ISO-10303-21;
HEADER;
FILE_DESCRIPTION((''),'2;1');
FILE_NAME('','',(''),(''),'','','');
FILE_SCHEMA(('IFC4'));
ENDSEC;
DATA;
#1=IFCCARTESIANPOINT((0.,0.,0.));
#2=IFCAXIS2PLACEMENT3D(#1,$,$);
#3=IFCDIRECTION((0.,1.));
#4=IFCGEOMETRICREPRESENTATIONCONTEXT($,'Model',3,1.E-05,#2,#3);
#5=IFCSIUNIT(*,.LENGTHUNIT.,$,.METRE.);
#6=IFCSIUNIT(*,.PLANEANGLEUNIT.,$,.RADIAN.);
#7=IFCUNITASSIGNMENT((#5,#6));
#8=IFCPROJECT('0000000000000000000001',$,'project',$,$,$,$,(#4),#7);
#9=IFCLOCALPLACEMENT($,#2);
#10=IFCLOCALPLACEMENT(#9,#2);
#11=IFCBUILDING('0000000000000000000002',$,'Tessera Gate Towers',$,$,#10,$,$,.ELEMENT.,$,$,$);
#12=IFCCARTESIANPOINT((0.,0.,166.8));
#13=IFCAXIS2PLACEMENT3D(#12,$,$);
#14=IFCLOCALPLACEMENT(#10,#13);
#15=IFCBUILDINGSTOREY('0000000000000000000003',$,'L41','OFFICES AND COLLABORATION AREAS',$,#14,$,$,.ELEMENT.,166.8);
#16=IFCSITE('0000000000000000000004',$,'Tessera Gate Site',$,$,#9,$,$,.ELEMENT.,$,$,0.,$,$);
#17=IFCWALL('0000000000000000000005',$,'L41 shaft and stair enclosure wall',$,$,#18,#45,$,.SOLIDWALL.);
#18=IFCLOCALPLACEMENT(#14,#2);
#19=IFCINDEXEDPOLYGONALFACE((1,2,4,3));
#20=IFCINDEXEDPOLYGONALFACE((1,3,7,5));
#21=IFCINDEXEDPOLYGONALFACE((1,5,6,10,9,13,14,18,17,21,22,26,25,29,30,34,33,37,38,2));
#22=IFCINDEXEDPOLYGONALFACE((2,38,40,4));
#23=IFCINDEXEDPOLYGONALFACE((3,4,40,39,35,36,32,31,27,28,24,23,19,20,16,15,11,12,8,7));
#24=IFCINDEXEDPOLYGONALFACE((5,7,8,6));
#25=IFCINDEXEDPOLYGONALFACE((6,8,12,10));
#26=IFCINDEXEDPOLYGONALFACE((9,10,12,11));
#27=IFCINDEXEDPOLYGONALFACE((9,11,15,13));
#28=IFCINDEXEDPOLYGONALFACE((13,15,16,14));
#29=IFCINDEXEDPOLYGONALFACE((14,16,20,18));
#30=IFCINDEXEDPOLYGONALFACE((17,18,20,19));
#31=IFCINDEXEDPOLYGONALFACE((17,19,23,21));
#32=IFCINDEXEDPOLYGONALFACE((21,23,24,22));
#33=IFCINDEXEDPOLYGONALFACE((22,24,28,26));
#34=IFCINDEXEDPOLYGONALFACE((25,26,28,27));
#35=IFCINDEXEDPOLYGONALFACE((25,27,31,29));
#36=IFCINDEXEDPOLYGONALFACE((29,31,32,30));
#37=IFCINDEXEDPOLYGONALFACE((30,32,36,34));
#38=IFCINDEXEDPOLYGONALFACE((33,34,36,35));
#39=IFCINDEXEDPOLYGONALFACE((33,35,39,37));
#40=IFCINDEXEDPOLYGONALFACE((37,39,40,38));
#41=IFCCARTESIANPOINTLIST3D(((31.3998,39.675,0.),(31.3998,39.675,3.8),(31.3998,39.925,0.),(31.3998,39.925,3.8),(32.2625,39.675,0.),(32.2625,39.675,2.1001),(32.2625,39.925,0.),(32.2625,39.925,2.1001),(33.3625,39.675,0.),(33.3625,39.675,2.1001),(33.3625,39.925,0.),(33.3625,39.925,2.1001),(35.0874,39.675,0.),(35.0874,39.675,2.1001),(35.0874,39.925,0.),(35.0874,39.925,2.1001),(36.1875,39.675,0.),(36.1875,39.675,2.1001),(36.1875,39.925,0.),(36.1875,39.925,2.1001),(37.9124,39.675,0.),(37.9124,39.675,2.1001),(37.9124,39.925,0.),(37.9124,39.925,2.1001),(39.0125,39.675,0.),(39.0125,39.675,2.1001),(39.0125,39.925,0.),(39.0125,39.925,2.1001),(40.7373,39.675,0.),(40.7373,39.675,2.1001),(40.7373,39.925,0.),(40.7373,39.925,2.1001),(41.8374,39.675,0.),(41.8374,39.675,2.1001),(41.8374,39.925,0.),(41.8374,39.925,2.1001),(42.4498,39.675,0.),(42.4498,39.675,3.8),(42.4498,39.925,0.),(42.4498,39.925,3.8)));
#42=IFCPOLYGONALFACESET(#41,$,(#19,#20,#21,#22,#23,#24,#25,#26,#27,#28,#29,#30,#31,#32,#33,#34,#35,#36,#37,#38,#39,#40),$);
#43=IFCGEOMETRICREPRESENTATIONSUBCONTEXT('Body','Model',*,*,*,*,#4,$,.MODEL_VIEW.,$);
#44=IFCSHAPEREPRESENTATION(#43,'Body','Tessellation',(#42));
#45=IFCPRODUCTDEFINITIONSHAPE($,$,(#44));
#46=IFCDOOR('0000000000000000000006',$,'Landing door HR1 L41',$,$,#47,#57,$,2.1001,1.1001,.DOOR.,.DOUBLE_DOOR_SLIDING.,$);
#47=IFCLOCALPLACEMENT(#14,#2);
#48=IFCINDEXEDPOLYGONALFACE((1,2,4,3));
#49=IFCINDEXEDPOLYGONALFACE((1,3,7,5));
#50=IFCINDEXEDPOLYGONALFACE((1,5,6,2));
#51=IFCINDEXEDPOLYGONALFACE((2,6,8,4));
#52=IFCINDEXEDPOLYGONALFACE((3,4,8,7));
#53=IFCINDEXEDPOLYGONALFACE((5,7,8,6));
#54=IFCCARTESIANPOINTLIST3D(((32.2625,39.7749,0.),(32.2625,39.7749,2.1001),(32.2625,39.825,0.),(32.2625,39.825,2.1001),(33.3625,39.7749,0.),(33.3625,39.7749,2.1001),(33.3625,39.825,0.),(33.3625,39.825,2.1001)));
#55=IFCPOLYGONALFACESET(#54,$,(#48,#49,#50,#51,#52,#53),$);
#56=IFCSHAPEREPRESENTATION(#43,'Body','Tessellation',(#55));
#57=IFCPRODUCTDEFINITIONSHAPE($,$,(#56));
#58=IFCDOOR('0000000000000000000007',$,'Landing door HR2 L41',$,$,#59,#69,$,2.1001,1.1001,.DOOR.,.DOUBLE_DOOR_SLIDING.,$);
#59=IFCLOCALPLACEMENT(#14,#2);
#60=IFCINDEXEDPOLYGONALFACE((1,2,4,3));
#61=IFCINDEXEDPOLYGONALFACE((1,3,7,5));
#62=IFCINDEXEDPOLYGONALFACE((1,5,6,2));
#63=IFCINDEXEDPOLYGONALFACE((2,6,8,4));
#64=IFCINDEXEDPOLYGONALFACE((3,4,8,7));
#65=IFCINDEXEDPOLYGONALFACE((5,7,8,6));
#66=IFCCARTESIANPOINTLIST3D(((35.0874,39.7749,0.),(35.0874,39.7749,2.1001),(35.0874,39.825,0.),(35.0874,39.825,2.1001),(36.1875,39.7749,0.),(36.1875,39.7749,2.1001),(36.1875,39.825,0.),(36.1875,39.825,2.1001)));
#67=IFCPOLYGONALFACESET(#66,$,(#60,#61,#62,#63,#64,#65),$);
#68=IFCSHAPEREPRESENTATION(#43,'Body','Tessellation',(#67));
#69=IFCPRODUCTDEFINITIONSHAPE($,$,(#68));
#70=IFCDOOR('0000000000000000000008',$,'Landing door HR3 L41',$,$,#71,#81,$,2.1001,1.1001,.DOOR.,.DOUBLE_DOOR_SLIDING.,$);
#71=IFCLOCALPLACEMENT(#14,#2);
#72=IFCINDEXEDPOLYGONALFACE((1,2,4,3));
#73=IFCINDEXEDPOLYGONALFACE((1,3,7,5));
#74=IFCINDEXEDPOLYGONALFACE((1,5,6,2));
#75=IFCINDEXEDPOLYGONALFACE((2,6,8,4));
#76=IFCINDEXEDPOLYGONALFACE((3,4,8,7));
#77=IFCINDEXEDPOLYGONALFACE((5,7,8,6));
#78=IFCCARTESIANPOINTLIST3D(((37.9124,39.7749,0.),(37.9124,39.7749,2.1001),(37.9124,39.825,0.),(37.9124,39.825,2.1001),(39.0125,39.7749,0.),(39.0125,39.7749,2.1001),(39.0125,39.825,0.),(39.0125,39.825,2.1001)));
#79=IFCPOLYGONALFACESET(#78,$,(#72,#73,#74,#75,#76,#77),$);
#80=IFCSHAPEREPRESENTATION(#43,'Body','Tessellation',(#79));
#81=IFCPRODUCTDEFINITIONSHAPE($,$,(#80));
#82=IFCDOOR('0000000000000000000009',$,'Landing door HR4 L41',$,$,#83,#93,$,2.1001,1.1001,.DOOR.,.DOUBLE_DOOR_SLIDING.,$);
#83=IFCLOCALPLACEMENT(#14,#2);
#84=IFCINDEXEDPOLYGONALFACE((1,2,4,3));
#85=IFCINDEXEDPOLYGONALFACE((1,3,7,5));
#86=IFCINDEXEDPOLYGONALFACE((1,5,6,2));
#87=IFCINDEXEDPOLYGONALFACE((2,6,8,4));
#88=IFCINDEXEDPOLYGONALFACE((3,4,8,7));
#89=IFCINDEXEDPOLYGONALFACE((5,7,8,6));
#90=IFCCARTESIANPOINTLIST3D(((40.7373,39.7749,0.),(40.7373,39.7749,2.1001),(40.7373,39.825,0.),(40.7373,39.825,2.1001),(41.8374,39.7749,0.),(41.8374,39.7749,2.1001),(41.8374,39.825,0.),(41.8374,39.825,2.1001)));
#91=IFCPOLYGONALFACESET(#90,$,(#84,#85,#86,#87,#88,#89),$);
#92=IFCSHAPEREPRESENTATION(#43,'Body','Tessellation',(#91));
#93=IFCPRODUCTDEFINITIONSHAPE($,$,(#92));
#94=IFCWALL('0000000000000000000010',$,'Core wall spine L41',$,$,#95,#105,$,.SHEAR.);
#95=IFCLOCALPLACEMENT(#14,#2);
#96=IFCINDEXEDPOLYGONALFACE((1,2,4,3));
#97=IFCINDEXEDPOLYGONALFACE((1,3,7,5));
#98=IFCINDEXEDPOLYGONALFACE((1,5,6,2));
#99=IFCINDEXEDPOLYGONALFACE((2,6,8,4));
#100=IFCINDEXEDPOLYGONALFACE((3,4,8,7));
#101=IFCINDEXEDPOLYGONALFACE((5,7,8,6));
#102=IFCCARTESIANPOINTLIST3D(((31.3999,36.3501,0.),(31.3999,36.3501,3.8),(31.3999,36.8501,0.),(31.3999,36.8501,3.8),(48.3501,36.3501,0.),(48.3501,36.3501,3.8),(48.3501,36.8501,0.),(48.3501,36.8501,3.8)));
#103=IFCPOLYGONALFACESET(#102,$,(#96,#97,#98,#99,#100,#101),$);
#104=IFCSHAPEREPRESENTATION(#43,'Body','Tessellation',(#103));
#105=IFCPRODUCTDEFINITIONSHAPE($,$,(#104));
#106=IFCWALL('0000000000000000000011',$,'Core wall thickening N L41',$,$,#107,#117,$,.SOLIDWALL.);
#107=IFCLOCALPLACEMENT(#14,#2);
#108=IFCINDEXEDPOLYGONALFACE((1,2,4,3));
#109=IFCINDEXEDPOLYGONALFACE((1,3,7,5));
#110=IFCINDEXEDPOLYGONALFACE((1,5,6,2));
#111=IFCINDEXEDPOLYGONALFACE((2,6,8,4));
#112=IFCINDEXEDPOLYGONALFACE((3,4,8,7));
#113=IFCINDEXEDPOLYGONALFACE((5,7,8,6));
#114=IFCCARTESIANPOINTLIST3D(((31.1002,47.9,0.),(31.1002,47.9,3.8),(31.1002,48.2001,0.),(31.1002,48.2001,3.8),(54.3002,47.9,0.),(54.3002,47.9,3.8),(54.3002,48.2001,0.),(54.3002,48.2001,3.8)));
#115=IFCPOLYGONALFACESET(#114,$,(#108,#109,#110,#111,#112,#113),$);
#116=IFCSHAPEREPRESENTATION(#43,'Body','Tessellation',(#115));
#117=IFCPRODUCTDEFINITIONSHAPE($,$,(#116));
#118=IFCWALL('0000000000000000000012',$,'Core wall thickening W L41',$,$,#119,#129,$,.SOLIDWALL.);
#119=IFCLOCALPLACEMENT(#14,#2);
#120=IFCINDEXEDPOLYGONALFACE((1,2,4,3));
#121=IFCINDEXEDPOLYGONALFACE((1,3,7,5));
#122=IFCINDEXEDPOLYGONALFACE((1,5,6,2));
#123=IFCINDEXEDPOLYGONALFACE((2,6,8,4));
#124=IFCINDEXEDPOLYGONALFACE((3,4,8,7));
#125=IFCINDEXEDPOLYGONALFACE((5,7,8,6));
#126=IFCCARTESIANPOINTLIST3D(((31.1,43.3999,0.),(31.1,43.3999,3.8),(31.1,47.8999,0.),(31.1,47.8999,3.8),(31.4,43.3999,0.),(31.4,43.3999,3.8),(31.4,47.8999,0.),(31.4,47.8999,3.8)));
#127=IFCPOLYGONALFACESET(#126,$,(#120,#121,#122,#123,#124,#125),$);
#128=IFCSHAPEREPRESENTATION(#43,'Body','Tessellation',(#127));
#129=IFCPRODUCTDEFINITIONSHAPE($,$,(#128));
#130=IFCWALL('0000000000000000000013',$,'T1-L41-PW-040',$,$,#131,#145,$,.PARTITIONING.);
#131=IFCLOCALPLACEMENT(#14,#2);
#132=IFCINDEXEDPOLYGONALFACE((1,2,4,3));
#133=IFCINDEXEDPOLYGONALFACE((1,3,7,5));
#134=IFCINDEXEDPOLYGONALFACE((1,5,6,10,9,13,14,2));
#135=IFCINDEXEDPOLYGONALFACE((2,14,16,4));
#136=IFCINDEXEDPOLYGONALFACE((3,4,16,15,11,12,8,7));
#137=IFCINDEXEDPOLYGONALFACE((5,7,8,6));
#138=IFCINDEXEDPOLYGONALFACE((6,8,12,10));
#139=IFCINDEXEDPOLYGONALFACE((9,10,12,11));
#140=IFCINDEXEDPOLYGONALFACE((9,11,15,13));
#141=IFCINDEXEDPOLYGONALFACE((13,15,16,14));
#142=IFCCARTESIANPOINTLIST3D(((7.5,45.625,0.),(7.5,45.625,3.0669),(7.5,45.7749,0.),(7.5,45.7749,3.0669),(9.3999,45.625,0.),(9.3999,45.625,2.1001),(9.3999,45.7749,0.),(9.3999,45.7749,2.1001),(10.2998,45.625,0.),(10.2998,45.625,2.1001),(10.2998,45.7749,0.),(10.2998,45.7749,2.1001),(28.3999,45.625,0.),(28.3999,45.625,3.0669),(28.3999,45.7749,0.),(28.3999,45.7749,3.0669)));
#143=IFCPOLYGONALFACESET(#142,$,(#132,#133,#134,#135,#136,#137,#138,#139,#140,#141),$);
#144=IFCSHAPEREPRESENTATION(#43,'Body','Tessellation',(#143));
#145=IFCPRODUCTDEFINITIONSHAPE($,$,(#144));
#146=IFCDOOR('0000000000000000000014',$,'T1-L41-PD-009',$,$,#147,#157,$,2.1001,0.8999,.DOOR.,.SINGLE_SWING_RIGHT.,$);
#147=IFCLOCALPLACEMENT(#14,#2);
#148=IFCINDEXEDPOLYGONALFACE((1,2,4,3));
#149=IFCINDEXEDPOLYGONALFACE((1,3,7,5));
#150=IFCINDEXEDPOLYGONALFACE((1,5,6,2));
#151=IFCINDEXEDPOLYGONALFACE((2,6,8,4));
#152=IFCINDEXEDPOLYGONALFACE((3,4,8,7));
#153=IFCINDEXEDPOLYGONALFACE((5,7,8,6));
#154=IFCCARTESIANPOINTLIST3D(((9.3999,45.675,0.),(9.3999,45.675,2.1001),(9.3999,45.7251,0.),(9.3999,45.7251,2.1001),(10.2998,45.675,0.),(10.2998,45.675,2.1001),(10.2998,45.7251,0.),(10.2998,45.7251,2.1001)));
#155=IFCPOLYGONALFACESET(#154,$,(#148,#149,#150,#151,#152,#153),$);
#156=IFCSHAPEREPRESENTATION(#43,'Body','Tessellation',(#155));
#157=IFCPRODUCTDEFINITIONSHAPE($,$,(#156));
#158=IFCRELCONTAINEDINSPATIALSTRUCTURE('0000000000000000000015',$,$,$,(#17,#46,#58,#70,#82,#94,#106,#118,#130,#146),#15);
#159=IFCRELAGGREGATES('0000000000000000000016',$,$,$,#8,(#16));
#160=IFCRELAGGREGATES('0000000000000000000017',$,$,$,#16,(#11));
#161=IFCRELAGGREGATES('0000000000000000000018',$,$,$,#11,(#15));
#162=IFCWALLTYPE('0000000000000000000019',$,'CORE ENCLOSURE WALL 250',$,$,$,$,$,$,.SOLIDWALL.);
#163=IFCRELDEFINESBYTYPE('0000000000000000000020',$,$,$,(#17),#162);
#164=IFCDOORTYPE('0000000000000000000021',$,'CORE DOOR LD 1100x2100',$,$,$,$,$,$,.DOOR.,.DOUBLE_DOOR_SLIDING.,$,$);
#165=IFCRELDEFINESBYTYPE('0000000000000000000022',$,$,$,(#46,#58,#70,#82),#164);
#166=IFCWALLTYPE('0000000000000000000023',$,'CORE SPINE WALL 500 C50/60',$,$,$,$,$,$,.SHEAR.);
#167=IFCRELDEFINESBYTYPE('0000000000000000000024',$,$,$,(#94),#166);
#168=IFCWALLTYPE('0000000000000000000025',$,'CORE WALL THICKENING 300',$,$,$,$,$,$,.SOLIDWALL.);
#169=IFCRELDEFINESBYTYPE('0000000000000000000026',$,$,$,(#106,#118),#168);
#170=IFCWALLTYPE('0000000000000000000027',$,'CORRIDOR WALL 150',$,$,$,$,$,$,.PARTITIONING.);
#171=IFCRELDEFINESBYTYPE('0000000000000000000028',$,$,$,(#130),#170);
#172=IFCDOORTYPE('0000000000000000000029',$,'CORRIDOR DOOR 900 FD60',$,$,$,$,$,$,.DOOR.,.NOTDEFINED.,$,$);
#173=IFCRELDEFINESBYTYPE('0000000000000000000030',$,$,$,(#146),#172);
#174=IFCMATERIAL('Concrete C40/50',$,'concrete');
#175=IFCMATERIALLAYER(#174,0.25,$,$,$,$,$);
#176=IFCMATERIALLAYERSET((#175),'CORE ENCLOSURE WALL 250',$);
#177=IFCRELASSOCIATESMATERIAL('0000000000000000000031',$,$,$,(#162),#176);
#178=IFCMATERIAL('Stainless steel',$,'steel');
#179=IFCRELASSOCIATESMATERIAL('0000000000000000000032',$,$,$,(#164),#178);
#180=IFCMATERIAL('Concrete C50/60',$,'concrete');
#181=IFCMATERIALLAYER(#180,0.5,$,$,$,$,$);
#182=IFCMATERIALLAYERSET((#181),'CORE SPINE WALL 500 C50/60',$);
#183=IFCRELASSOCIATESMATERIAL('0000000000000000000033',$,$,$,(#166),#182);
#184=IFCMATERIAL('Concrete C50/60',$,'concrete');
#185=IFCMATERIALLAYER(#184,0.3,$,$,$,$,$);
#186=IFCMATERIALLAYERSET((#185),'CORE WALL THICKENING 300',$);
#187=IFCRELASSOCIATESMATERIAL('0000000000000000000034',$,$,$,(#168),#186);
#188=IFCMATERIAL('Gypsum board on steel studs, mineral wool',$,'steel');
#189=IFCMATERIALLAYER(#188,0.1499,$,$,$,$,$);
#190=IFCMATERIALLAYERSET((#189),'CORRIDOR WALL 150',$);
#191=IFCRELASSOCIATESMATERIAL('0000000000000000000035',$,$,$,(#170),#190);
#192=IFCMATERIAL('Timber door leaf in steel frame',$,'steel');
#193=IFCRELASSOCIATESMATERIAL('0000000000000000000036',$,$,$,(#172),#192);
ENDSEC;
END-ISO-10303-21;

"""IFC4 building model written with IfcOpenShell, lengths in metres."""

from ifc_helpers import new_model, si_unit, direction, frame, frame_2d, origin, place, context, subcontext, project, spatial, rectangle, extrude, source, transform, mapped, material, layer, layer_set, type_object, element, fill, save


model = new_model("IFC4")

# Units and contexts
model_context = context("Model", 3, precision=1e-05, world=origin(), true_north=direction((0.0, 1.0)))
body_context = subcontext(model_context, "Body", "Model", "MODEL_VIEW")
ifc_project = project(units=[si_unit("LENGTHUNIT", "METRE"), si_unit("PLANEANGLEUNIT", "RADIAN")], contexts=[model_context])

# Site, building, storey
site_placement = place(None, origin())
site = spatial("IfcSite", under=ifc_project, at=site_placement, Name="Tessera Gate Site", CompositionType="ELEMENT", RefElevation=0.0)
building_placement = place(site_placement, origin())
building = spatial("IfcBuilding", under=site, at=building_placement, Name="Tessera Gate Towers", CompositionType="ELEMENT")
storey_placement = place(building_placement, frame((0.0, 0.0, 166.8)))
storey = spatial("IfcBuildingStorey", under=building, at=storey_placement, Name="L41", Description="OFFICES AND COLLABORATION AREAS", CompositionType="ELEMENT", Elevation=166.8)

# Wall, openings, doors
ifc_material_1 = material(Name="Concrete C40/50", Category="concrete")
ifc_layer_1 = layer(ifc_material_1, 0.25)
ifc_layer_set_1 = layer_set([ifc_layer_1], Name="CORE ENCLOSURE WALL 250")
wall_type_1 = type_object("IfcWallType", Name="CORE ENCLOSURE WALL 250", PredefinedType="SOLIDWALL", material=ifc_layer_set_1)
wall_1_placement = place(storey_placement, frame((31.3999, 39.8, 0.0), z_axis=(0.0, 0.0, 1.0), x_axis=(1.0, 0.0, 0.0)))
wall_1 = element("IfcWall", 1, at=wall_1_placement, inside=storey, type_object=wall_type_1, Name="L41 shaft and stair enclosure wall", PredefinedType="SOLIDWALL", context=body_context, shape_type="SweptSolid", body=[
    extrude(rectangle(XDim=11.05, YDim=0.25, at=frame_2d((5.5249, 0.0))), origin(), (0.0, 0.0, 1.0), 3.8),
])
shared_shape_1 = source(origin(), body_context, "Body", "SweptSolid", [
    extrude(rectangle(XDim=1.1001, YDim=2.1001, at=frame_2d((0.55, 1.05))), frame((0.0, 0.135, 0.0), z_axis=(0.0, -1.0, 0.0), x_axis=(1.0, 0.0, 0.0)), (0.0, 0.0, 1.0), 0.27),
])
opening_1_placement = place(wall_1_placement, frame((0.8625, 0.0, 0.0)))
opening_1 = element("IfcOpeningElement", 2, at=opening_1_placement, cuts=wall_1, PredefinedType="OPENING", context=body_context, shape_type="MappedRepresentation", body=[
    mapped(shared_shape_1, transform((0.0, 0.0, 0.0), scale=1.0)),
])
opening_2_placement = place(wall_1_placement, frame((3.6875, 0.0, 0.0)))
opening_2 = element("IfcOpeningElement", 3, at=opening_2_placement, cuts=wall_1, PredefinedType="OPENING", context=body_context, shape_type="MappedRepresentation", body=[
    mapped(shared_shape_1, transform((0.0, 0.0, 0.0), scale=1.0)),
])
opening_3_placement = place(wall_1_placement, frame((6.5125, 0.0, 0.0)))
opening_3 = element("IfcOpeningElement", 4, at=opening_3_placement, cuts=wall_1, PredefinedType="OPENING", context=body_context, shape_type="MappedRepresentation", body=[
    mapped(shared_shape_1, transform((0.0, 0.0, 0.0), scale=1.0)),
])
opening_4_placement = place(wall_1_placement, frame((9.3374, 0.0, 0.0)))
opening_4 = element("IfcOpeningElement", 5, at=opening_4_placement, cuts=wall_1, PredefinedType="OPENING", context=body_context, shape_type="MappedRepresentation", body=[
    mapped(shared_shape_1, transform((0.0, 0.0, 0.0), scale=1.0)),
])
ifc_material_2 = material(Name="Stainless steel", Category="steel")
door_type_1 = type_object("IfcDoorType", Name="CORE DOOR LD 1100x2100", OperationType="DOUBLE_DOOR_SLIDING", PredefinedType="DOOR", material=ifc_material_2)
shared_shape_2 = source(origin(), body_context, "Body", "SweptSolid", [
    extrude(rectangle(XDim=1.1001, YDim=2.1001, at=frame_2d((0.55, 1.05))), frame((0.0, 0.0249, 0.0), z_axis=(0.0, -1.0, 0.0), x_axis=(1.0, 0.0, 0.0)), (0.0, 0.0, 1.0), 0.05),
])
door_1_placement = place(opening_1_placement, origin())
door_1 = element("IfcDoor", 6, at=door_1_placement, inside=storey, type_object=door_type_1, Name="Landing door HR1 L41", OperationType="DOUBLE_DOOR_SLIDING", OverallHeight=2.1001, OverallWidth=1.1001, PredefinedType="DOOR", context=body_context, shape_type="MappedRepresentation", body=[
    mapped(shared_shape_2, transform((0.0, 0.0, 0.0), scale=1.0)),
])
fill(opening_1, door_1)
door_2_placement = place(opening_2_placement, origin())
door_2 = element("IfcDoor", 7, at=door_2_placement, inside=storey, type_object=door_type_1, Name="Landing door HR2 L41", OperationType="DOUBLE_DOOR_SLIDING", OverallHeight=2.1001, OverallWidth=1.1001, PredefinedType="DOOR", context=body_context, shape_type="MappedRepresentation", body=[
    mapped(shared_shape_2, transform((0.0, 0.0, 0.0), scale=1.0)),
])
fill(opening_2, door_2)
door_3_placement = place(opening_3_placement, origin())
door_3 = element("IfcDoor", 8, at=door_3_placement, inside=storey, type_object=door_type_1, Name="Landing door HR3 L41", OperationType="DOUBLE_DOOR_SLIDING", OverallHeight=2.1001, OverallWidth=1.1001, PredefinedType="DOOR", context=body_context, shape_type="MappedRepresentation", body=[
    mapped(shared_shape_2, transform((0.0, 0.0, 0.0), scale=1.0)),
])
fill(opening_3, door_3)
door_4_placement = place(opening_4_placement, origin())
door_4 = element("IfcDoor", 9, at=door_4_placement, inside=storey, type_object=door_type_1, Name="Landing door HR4 L41", OperationType="DOUBLE_DOOR_SLIDING", OverallHeight=2.1001, OverallWidth=1.1001, PredefinedType="DOOR", context=body_context, shape_type="MappedRepresentation", body=[
    mapped(shared_shape_2, transform((0.0, 0.0, 0.0), scale=1.0)),
])
fill(opening_4, door_4)

# Walls
ifc_material_3 = material(Name="Concrete C50/60", Category="concrete")
ifc_layer_2 = layer(ifc_material_3, 0.5)
ifc_layer_set_2 = layer_set([ifc_layer_2], Name="CORE SPINE WALL 500 C50/60")
wall_type_2 = type_object("IfcWallType", Name="CORE SPINE WALL 500 C50/60", PredefinedType="SHEAR", material=ifc_layer_set_2)
wall_2_placement = place(storey_placement, frame((31.3999, 36.6001, 0.0), z_axis=(0.0, 0.0, 1.0), x_axis=(1.0, 0.0, 0.0)))
element("IfcWall", 10, at=wall_2_placement, inside=storey, type_object=wall_type_2, Name="Core wall spine L41", PredefinedType="SHEAR", context=body_context, shape_type="SweptSolid", body=[
    extrude(rectangle(XDim=16.9502, YDim=0.5, at=frame_2d((8.4751, 0.0))), origin(), (0.0, 0.0, 1.0), 3.8),
])
ifc_material_4 = material(Name="Concrete C50/60", Category="concrete")
ifc_layer_3 = layer(ifc_material_4, 0.3)
ifc_layer_set_3 = layer_set([ifc_layer_3], Name="CORE WALL THICKENING 300")
wall_type_3 = type_object("IfcWallType", Name="CORE WALL THICKENING 300", PredefinedType="SOLIDWALL", material=ifc_layer_set_3)
wall_3_placement = place(storey_placement, frame((31.1001, 48.05, 0.0), z_axis=(0.0, 0.0, 1.0), x_axis=(1.0, 0.0, 0.0)))
element("IfcWall", 11, at=wall_3_placement, inside=storey, type_object=wall_type_3, Name="Core wall thickening N L41", PredefinedType="SOLIDWALL", context=body_context, shape_type="SweptSolid", body=[
    extrude(rectangle(XDim=23.2, YDim=0.3, at=frame_2d((11.6001, 0.0))), origin(), (0.0, 0.0, 1.0), 3.8),
])
wall_4_placement = place(storey_placement, frame((31.25, 43.3999, 0.0), z_axis=(0.0, 0.0, 1.0), x_axis=(0.0, 1.0, 0.0)))
element("IfcWall", 12, at=wall_4_placement, inside=storey, type_object=wall_type_3, Name="Core wall thickening W L41", PredefinedType="SOLIDWALL", context=body_context, shape_type="SweptSolid", body=[
    extrude(rectangle(XDim=4.5, YDim=0.3, at=frame_2d((2.25, 0.0))), origin(), (0.0, 0.0, 1.0), 3.8),
])

# Wall, opening, door
ifc_material_5 = material(Name="Gypsum board on steel studs, mineral wool", Category="steel")
ifc_layer_4 = layer(ifc_material_5, 0.1499)
ifc_layer_set_4 = layer_set([ifc_layer_4], Name="CORRIDOR WALL 150")
wall_type_4 = type_object("IfcWallType", Name="CORRIDOR WALL 150", PredefinedType="PARTITIONING", material=ifc_layer_set_4)
wall_5_placement = place(storey_placement, frame((28.3999, 45.7, 0.0), z_axis=(0.0, 0.0, 1.0), x_axis=(-1.0, 0.0, 0.0)))
wall_5 = element("IfcWall", 13, at=wall_5_placement, inside=storey, type_object=wall_type_4, Name="T1-L41-PW-040", PredefinedType="PARTITIONING", context=body_context, shape_type="SweptSolid", body=[
    extrude(rectangle(XDim=20.8999, YDim=0.1499, at=frame_2d((10.45, 0.0))), origin(), (0.0, 0.0, 1.0), 3.0669),
])
shared_shape_3 = source(origin(), body_context, "Body", "SweptSolid", [
    extrude(rectangle(XDim=0.8999, YDim=2.1001, at=frame_2d((0.45, 1.05))), frame((0.0, 0.085, 0.0), z_axis=(0.0, -1.0, 0.0), x_axis=(1.0, 0.0, 0.0)), (0.0, 0.0, 1.0), 0.1699),
])
opening_5_placement = place(wall_5_placement, frame((18.1001, 0.0, 0.0)))
opening_5 = element("IfcOpeningElement", 14, at=opening_5_placement, cuts=wall_5, PredefinedType="OPENING", context=body_context, shape_type="MappedRepresentation", body=[
    mapped(shared_shape_3, transform((0.0, 0.0, 0.0), scale=1.0)),
])
ifc_material_6 = material(Name="Timber door leaf in steel frame", Category="steel")
door_type_2 = type_object("IfcDoorType", Name="CORRIDOR DOOR 900 FD60", OperationType="NOTDEFINED", PredefinedType="DOOR", material=ifc_material_6)
shared_shape_4 = source(origin(), body_context, "Body", "SweptSolid", [
    extrude(rectangle(XDim=0.8999, YDim=2.1001, at=frame_2d((0.45, 1.05))), frame((0.0, 0.0249, 0.0), z_axis=(0.0, -1.0, 0.0), x_axis=(1.0, 0.0, 0.0)), (0.0, 0.0, 1.0), 0.05),
])
door_5_placement = place(opening_5_placement, origin())
door_5 = element("IfcDoor", 15, at=door_5_placement, inside=storey, type_object=door_type_2, Name="T1-L41-PD-009", OperationType="SINGLE_SWING_RIGHT", OverallHeight=2.1001, OverallWidth=0.8999, PredefinedType="DOOR", context=body_context, shape_type="MappedRepresentation", body=[
    mapped(shared_shape_4, transform((0.0, 0.0, 0.0), scale=1.0)),
])
fill(opening_5, door_5)

save(model, "model.ifc")
